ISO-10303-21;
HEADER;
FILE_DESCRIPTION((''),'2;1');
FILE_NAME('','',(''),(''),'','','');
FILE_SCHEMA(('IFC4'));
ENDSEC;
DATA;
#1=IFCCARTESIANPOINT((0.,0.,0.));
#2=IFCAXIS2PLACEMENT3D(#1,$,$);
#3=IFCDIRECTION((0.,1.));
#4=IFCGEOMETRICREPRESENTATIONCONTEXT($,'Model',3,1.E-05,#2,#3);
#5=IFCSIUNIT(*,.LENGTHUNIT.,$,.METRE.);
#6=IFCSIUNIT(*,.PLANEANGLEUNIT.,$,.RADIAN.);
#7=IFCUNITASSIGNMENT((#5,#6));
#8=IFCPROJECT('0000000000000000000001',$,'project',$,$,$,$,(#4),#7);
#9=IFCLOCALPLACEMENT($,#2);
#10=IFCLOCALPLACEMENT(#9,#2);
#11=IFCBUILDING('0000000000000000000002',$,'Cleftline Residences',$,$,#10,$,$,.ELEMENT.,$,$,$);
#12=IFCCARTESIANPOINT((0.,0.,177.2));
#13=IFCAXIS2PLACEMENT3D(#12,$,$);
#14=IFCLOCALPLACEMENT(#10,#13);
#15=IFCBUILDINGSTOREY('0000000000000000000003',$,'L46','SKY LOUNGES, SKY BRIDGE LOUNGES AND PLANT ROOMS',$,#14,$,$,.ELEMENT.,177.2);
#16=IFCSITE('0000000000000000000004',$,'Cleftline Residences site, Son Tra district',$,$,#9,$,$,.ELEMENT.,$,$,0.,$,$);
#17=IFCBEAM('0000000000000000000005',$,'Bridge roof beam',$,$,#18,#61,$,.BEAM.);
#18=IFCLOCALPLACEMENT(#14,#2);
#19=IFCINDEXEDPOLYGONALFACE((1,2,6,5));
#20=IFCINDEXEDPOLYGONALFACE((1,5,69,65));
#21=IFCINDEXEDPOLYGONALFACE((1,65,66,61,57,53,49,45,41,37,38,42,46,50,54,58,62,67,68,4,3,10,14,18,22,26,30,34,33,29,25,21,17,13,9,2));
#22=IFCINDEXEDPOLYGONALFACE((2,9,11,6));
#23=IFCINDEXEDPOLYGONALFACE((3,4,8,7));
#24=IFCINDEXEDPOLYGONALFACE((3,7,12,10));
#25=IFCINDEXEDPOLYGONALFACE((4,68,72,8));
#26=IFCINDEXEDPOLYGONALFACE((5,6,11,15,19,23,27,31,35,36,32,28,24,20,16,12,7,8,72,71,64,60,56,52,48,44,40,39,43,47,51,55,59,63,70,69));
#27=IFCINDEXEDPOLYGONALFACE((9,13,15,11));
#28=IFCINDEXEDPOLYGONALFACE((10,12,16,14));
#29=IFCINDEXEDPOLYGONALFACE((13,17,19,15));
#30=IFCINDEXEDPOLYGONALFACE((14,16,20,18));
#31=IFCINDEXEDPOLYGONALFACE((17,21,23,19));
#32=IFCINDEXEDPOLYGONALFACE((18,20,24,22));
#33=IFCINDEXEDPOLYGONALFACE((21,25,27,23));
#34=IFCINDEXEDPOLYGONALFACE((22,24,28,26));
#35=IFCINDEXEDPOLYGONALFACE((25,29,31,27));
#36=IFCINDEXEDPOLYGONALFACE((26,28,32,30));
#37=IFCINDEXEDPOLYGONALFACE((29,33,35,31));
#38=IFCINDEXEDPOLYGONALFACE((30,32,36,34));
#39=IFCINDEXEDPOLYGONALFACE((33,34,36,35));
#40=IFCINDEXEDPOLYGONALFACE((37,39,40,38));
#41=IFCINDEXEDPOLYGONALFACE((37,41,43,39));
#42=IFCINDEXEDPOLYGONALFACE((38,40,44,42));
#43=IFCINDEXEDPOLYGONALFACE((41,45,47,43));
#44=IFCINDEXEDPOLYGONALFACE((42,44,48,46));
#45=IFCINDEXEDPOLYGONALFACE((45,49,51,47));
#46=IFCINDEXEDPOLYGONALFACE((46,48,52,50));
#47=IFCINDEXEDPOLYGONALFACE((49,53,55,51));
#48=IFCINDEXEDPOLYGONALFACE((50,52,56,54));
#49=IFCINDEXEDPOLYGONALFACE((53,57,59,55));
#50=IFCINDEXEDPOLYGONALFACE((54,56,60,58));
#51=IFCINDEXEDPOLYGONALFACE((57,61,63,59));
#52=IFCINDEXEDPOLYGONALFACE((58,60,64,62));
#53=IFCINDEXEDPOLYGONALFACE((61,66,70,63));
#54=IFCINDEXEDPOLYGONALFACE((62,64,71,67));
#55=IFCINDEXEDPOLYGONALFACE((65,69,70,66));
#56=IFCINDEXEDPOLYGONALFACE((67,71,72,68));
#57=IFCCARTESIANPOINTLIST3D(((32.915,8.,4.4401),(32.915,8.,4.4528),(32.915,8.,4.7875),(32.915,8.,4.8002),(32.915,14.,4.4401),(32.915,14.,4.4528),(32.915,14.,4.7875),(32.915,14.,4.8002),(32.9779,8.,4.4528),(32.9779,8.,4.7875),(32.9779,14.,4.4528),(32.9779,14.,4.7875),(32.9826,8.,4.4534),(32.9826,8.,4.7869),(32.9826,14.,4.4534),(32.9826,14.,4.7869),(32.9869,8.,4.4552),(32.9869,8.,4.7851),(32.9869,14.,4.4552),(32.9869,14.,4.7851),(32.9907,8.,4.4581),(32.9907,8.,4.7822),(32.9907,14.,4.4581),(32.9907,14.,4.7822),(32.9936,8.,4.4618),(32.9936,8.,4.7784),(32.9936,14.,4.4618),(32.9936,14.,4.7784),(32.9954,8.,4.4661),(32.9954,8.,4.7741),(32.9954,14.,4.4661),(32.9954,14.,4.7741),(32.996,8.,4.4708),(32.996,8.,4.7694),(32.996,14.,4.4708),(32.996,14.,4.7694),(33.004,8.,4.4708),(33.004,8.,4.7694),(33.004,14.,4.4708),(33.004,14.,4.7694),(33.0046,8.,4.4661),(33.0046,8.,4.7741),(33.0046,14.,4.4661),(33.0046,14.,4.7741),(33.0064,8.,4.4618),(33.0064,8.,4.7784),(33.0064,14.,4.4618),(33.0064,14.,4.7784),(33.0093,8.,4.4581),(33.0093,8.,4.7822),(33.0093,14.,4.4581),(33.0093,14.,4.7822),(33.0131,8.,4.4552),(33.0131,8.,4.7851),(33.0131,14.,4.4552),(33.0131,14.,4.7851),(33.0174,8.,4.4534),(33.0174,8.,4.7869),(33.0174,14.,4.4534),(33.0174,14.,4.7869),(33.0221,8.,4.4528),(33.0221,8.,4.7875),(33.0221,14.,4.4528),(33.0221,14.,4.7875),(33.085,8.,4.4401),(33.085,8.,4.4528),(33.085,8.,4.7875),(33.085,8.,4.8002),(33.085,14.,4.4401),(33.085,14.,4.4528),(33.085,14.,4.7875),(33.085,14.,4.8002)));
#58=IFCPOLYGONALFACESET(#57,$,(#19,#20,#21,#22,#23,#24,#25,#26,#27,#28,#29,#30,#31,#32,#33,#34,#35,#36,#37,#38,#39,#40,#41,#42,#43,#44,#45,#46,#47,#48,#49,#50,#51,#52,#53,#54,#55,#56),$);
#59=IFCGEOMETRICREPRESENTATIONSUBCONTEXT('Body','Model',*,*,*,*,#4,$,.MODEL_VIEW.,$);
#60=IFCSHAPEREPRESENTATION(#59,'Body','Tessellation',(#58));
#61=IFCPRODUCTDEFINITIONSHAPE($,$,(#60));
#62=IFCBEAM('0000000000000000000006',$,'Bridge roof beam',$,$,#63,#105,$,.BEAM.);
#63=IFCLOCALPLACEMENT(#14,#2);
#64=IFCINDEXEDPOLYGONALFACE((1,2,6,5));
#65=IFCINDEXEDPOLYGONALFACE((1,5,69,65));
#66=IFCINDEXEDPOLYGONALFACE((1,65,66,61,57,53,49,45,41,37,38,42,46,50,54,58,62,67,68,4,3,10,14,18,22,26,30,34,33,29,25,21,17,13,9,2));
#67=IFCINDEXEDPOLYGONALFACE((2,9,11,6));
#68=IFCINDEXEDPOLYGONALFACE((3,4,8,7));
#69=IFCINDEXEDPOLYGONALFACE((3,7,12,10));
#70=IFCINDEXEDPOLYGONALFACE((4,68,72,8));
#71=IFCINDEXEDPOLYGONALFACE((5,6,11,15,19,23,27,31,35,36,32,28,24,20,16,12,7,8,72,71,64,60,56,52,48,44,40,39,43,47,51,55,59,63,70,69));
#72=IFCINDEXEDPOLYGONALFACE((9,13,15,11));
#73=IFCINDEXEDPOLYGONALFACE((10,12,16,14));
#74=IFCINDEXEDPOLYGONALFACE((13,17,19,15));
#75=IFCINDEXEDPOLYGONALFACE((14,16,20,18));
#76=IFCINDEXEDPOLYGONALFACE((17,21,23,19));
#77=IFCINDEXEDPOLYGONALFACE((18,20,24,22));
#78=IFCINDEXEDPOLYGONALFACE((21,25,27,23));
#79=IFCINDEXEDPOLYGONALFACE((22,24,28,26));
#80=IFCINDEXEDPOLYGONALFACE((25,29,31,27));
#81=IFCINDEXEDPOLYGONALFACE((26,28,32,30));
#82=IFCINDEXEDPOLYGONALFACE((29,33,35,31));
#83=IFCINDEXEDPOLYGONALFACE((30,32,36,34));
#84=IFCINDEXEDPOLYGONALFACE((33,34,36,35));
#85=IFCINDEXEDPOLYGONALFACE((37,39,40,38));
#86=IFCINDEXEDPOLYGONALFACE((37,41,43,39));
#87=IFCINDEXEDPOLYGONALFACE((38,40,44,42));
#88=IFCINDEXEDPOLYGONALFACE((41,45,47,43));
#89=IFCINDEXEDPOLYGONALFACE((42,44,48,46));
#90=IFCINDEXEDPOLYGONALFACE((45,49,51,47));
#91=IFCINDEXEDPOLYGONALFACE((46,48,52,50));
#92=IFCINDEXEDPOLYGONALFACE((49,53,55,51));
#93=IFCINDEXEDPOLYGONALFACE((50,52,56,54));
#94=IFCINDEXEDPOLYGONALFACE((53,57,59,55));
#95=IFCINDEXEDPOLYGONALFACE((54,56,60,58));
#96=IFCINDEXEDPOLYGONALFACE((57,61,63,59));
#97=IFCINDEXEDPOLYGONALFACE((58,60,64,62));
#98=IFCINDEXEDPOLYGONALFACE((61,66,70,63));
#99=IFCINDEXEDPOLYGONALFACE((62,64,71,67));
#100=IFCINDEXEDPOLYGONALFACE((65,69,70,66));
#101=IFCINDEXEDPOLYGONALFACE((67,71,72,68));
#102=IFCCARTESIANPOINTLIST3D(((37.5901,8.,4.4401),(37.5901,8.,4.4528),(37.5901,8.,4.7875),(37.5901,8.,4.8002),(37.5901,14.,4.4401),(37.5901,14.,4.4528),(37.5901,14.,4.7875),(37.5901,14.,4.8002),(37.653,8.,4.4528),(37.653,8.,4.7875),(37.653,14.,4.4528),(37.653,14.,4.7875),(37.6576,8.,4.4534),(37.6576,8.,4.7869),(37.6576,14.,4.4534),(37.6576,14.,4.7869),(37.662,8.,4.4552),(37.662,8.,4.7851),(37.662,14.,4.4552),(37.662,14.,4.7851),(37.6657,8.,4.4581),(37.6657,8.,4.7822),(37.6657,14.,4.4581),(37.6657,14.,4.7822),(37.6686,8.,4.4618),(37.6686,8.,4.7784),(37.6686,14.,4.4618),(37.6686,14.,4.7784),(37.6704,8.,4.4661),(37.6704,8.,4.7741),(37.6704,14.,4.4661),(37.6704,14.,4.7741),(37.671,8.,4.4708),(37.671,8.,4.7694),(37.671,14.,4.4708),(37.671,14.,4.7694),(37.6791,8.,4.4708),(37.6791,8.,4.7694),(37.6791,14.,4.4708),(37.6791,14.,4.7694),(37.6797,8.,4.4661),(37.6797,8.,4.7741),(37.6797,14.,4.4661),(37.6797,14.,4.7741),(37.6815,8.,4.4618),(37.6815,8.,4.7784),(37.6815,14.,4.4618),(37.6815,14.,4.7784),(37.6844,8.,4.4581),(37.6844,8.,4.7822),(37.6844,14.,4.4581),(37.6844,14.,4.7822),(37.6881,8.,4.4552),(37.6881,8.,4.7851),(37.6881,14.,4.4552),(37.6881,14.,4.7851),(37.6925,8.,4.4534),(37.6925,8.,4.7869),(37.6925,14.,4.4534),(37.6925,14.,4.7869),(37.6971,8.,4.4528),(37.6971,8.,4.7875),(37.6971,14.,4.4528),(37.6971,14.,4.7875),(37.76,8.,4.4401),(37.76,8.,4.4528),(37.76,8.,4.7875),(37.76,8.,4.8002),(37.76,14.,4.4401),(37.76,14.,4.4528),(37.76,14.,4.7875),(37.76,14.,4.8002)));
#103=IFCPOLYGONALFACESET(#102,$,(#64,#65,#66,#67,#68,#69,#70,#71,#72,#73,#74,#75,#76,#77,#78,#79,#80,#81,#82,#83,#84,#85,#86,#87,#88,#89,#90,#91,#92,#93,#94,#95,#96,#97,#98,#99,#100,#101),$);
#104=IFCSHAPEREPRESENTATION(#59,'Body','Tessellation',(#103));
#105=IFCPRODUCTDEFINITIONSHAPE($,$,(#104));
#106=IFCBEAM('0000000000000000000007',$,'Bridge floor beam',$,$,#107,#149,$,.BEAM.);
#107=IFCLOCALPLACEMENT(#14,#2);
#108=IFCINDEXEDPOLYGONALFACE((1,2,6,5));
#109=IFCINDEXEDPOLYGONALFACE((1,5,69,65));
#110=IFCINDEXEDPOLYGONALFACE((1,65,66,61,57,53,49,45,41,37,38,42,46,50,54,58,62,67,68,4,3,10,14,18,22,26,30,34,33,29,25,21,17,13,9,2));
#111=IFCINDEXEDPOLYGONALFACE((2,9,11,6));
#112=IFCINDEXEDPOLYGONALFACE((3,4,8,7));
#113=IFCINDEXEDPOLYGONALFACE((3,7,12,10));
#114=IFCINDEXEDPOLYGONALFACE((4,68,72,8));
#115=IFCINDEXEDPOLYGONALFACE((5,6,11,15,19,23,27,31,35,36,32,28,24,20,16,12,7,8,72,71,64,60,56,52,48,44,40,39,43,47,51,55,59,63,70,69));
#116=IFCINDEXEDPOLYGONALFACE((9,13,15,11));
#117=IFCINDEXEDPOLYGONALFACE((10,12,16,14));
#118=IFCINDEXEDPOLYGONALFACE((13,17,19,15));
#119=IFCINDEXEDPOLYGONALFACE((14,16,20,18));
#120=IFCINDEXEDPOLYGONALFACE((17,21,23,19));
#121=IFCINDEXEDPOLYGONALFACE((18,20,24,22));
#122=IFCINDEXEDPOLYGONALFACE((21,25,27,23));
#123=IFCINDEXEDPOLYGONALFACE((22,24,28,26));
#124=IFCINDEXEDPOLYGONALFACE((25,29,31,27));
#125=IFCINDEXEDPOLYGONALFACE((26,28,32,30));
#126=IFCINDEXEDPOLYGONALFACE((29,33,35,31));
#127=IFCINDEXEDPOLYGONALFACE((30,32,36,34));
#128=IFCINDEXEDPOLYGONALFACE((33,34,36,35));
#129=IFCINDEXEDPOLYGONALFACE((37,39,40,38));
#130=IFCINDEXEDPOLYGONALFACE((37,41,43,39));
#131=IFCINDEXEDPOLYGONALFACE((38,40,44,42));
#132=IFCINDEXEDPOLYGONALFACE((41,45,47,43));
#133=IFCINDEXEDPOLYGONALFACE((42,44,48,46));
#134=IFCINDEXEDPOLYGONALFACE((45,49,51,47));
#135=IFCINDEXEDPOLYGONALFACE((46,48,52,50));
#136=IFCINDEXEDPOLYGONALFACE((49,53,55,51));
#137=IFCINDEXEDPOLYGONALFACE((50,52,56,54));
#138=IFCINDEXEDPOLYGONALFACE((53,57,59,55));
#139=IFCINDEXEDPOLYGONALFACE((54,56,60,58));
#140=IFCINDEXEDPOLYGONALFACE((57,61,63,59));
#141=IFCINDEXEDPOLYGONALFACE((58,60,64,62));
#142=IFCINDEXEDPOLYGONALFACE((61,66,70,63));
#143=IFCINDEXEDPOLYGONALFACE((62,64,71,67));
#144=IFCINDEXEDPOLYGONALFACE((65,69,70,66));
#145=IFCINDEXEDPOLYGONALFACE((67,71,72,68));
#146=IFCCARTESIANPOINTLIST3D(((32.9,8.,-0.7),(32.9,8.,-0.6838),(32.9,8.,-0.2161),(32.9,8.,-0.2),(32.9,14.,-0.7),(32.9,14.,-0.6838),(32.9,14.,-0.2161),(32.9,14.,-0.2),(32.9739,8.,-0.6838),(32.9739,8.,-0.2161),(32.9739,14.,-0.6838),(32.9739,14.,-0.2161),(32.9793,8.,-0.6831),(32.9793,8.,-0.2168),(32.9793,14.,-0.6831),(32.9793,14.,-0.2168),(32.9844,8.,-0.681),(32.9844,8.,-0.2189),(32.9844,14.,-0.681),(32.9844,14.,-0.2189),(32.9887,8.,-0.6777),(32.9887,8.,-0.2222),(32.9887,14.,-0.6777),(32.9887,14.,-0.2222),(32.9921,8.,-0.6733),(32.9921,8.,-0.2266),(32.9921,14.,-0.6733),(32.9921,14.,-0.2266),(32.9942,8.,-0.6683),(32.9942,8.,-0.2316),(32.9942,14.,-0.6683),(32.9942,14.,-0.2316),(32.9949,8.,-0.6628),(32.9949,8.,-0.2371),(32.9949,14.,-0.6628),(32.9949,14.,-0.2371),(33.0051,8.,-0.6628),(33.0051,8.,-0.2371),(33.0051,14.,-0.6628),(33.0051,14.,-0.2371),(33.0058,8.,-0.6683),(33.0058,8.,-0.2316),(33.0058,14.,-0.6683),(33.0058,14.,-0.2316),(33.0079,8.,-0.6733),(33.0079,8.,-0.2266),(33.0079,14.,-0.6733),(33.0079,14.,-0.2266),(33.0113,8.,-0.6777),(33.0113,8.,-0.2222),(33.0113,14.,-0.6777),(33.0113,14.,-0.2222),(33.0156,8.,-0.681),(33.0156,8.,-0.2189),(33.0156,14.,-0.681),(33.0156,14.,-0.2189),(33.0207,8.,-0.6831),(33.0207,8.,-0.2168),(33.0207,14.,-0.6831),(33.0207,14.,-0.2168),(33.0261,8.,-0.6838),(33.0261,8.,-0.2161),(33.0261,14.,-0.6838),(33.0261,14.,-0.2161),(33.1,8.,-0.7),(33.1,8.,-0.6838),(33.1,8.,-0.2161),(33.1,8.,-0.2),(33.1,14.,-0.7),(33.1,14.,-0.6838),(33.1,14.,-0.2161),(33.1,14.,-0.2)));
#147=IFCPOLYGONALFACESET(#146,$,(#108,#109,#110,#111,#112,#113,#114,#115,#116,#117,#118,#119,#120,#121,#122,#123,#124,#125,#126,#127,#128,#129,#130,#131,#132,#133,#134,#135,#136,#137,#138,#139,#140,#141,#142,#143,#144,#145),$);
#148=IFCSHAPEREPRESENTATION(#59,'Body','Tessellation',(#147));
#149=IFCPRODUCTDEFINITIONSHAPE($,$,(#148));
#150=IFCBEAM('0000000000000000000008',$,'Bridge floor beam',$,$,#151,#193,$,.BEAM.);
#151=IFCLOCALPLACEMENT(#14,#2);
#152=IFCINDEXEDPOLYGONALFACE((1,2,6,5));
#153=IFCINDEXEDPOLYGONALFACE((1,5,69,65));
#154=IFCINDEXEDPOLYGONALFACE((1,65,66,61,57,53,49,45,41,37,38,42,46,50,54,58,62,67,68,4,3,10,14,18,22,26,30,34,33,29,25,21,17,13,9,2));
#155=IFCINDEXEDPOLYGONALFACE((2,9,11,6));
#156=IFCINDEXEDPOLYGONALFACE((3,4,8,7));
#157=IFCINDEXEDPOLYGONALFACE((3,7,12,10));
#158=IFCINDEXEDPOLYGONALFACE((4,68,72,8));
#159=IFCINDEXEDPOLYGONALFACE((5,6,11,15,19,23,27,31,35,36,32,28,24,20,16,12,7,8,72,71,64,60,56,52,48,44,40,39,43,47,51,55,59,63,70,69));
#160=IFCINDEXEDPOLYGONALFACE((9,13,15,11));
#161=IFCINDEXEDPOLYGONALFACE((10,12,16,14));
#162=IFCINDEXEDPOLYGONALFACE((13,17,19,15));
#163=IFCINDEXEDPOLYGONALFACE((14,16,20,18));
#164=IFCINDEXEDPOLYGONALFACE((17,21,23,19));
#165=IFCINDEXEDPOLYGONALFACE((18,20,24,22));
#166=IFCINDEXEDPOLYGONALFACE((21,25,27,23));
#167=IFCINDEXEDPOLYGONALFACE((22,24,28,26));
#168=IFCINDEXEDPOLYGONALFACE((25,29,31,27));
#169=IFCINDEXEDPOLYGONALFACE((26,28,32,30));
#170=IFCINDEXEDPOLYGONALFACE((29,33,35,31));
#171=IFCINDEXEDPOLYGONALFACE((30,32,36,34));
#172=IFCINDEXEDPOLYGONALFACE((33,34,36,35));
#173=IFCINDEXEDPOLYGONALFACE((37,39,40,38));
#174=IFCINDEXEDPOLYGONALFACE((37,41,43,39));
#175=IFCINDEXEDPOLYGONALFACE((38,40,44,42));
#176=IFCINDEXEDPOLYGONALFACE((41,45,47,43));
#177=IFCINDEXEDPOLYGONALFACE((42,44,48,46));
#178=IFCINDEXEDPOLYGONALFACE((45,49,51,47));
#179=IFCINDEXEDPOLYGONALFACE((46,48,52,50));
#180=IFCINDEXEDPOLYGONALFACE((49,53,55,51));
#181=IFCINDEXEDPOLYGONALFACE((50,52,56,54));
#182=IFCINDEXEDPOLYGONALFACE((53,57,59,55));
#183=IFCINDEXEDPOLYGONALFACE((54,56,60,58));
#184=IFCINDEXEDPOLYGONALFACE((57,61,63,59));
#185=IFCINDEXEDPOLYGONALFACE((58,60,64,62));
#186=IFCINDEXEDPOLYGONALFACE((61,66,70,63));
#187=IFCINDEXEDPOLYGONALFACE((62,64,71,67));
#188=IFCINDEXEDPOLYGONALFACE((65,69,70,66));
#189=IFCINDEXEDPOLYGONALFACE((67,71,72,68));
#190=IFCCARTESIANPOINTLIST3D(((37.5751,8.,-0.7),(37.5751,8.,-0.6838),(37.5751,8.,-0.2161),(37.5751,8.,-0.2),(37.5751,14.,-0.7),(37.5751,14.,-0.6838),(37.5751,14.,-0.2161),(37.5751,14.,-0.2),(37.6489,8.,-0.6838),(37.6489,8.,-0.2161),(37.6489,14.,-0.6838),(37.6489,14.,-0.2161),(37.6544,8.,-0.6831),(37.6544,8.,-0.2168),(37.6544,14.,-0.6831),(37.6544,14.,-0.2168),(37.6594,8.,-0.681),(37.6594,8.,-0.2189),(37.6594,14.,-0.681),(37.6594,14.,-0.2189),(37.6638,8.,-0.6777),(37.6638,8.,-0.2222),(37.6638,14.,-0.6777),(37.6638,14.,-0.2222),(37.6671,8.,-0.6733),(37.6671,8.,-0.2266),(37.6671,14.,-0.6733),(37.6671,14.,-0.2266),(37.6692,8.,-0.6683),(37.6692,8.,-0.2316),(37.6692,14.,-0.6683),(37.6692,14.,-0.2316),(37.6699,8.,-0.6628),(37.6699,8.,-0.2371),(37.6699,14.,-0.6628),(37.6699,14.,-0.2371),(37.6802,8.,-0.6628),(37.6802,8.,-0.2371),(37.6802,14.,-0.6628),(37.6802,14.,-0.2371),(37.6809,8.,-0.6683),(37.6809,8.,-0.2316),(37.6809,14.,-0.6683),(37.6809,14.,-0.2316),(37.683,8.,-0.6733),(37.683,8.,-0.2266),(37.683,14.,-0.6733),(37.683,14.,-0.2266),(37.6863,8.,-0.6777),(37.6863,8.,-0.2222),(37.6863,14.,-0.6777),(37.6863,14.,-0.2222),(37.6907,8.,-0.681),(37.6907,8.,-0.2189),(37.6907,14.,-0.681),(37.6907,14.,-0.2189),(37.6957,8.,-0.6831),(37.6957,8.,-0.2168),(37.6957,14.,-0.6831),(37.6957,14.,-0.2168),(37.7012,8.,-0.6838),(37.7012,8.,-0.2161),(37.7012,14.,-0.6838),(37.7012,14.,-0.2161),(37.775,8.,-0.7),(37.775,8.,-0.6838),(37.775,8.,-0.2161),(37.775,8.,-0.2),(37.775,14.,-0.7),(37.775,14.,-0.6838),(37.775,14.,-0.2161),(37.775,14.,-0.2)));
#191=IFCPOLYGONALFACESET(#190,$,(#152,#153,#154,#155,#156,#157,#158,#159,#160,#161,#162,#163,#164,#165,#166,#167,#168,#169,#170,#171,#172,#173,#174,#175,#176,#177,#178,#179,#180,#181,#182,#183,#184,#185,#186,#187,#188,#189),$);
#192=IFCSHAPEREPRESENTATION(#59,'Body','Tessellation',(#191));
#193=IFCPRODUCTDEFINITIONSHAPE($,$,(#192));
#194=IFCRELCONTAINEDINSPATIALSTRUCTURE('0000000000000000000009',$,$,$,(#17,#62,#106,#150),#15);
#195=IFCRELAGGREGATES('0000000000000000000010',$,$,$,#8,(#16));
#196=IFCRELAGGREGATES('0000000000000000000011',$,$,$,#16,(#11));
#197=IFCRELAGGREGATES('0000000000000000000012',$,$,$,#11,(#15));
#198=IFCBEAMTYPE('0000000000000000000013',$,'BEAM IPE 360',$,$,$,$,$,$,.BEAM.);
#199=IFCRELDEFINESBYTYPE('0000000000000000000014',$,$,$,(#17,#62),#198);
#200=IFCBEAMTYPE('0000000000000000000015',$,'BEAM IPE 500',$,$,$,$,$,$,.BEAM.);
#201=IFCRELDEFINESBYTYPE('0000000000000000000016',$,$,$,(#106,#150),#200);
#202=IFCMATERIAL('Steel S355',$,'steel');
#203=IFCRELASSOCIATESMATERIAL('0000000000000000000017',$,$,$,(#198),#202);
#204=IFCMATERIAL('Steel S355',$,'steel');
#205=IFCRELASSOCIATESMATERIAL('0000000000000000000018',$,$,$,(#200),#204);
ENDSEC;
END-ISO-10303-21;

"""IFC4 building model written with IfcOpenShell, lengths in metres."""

from ifc_helpers import new_model, si_unit, direction, frame, origin, origin_2d, place, context, subcontext, project, spatial, i_section, extrude, material, material_profile, profile_set, type_object, element, save


model = new_model("IFC4")

# Units and contexts
model_context = context("Model", 3, precision=1e-05, world=origin(), true_north=direction((0.0, 1.0)))
body_context = subcontext(model_context, "Body", "Model", "MODEL_VIEW")
ifc_project = project(units=[si_unit("LENGTHUNIT", "METRE"), si_unit("PLANEANGLEUNIT", "RADIAN")], contexts=[model_context])

# Site, building, storey
site_placement = place(None, origin())
site = spatial("IfcSite", under=ifc_project, at=site_placement, Name="Cleftline Residences site, Son Tra district", CompositionType="ELEMENT", RefElevation=0.0)
building_placement = place(site_placement, origin())
building = spatial("IfcBuilding", under=site, at=building_placement, Name="Cleftline Residences", CompositionType="ELEMENT")
storey_placement = place(building_placement, frame((0.0, 0.0, 177.2)))
storey = spatial("IfcBuildingStorey", under=building, at=storey_placement, Name="L46", Description="SKY LOUNGES, SKY BRIDGE LOUNGES AND PLANT ROOMS", CompositionType="ELEMENT", Elevation=177.2)

# Beams
ifc_material_1 = material(Name="Steel S355", Category="steel")
ifc_material_profile_1 = material_profile(ifc_material_1, i_section(OverallWidth=0.1699, OverallDepth=0.3601, WebThickness=0.0081, FlangeThickness=0.0127, FilletRadius=0.0181, at=origin_2d()))
ifc_profile_set_1 = profile_set([ifc_material_profile_1], Name="Steel S355")
beam_type_1 = type_object("IfcBeamType", Name="BEAM IPE 360", PredefinedType="BEAM", material=ifc_profile_set_1)
for number, where, z_axis, x_axis, name in (
    (1, (33.0, 8.0, 4.6201), (0.0, 1.0, 0.0), (-1.0, 0.0, 0.0), "Bridge roof beam"),
    (2, (37.675, 8.0, 4.6201), (0.0, 1.0, 0.0), (-1.0, 0.0, 0.0), "Bridge roof beam"),
):
    element("IfcBeam", number, at=place(storey_placement, frame(where, z_axis=z_axis, x_axis=x_axis)), inside=storey, type_object=beam_type_1, Name=name, PredefinedType="BEAM", context=body_context, shape_type="SweptSolid", body=[
        extrude(i_section(OverallWidth=0.1699, OverallDepth=0.3601, WebThickness=0.0081, FlangeThickness=0.0127, FilletRadius=0.0181, at=origin_2d()), origin(), (0.0, 0.0, 1.0), 6.0),
    ])
ifc_material_2 = material(Name="Steel S355", Category="steel")
ifc_material_profile_2 = material_profile(ifc_material_2, i_section(OverallWidth=0.2, OverallDepth=0.5, WebThickness=0.0103, FlangeThickness=0.0161, FilletRadius=0.021, at=origin_2d()))
ifc_profile_set_2 = profile_set([ifc_material_profile_2], Name="Steel S355")
beam_type_2 = type_object("IfcBeamType", Name="BEAM IPE 500", PredefinedType="BEAM", material=ifc_profile_set_2)
for number, where, z_axis, x_axis, name in (
    (3, (33.0, 8.0, -0.45), (0.0, 1.0, 0.0), (-1.0, 0.0, 0.0), "Bridge floor beam"),
    (4, (37.675, 8.0, -0.45), (0.0, 1.0, 0.0), (-1.0, 0.0, 0.0), "Bridge floor beam"),
):
    element("IfcBeam", number, at=place(storey_placement, frame(where, z_axis=z_axis, x_axis=x_axis)), inside=storey, type_object=beam_type_2, Name=name, PredefinedType="BEAM", context=body_context, shape_type="SweptSolid", body=[
        extrude(i_section(OverallWidth=0.2, OverallDepth=0.5, WebThickness=0.0103, FlangeThickness=0.0161, FilletRadius=0.021, at=origin_2d()), origin(), (0.0, 0.0, 1.0), 6.0),
    ])

save(model, "model.ifc")
